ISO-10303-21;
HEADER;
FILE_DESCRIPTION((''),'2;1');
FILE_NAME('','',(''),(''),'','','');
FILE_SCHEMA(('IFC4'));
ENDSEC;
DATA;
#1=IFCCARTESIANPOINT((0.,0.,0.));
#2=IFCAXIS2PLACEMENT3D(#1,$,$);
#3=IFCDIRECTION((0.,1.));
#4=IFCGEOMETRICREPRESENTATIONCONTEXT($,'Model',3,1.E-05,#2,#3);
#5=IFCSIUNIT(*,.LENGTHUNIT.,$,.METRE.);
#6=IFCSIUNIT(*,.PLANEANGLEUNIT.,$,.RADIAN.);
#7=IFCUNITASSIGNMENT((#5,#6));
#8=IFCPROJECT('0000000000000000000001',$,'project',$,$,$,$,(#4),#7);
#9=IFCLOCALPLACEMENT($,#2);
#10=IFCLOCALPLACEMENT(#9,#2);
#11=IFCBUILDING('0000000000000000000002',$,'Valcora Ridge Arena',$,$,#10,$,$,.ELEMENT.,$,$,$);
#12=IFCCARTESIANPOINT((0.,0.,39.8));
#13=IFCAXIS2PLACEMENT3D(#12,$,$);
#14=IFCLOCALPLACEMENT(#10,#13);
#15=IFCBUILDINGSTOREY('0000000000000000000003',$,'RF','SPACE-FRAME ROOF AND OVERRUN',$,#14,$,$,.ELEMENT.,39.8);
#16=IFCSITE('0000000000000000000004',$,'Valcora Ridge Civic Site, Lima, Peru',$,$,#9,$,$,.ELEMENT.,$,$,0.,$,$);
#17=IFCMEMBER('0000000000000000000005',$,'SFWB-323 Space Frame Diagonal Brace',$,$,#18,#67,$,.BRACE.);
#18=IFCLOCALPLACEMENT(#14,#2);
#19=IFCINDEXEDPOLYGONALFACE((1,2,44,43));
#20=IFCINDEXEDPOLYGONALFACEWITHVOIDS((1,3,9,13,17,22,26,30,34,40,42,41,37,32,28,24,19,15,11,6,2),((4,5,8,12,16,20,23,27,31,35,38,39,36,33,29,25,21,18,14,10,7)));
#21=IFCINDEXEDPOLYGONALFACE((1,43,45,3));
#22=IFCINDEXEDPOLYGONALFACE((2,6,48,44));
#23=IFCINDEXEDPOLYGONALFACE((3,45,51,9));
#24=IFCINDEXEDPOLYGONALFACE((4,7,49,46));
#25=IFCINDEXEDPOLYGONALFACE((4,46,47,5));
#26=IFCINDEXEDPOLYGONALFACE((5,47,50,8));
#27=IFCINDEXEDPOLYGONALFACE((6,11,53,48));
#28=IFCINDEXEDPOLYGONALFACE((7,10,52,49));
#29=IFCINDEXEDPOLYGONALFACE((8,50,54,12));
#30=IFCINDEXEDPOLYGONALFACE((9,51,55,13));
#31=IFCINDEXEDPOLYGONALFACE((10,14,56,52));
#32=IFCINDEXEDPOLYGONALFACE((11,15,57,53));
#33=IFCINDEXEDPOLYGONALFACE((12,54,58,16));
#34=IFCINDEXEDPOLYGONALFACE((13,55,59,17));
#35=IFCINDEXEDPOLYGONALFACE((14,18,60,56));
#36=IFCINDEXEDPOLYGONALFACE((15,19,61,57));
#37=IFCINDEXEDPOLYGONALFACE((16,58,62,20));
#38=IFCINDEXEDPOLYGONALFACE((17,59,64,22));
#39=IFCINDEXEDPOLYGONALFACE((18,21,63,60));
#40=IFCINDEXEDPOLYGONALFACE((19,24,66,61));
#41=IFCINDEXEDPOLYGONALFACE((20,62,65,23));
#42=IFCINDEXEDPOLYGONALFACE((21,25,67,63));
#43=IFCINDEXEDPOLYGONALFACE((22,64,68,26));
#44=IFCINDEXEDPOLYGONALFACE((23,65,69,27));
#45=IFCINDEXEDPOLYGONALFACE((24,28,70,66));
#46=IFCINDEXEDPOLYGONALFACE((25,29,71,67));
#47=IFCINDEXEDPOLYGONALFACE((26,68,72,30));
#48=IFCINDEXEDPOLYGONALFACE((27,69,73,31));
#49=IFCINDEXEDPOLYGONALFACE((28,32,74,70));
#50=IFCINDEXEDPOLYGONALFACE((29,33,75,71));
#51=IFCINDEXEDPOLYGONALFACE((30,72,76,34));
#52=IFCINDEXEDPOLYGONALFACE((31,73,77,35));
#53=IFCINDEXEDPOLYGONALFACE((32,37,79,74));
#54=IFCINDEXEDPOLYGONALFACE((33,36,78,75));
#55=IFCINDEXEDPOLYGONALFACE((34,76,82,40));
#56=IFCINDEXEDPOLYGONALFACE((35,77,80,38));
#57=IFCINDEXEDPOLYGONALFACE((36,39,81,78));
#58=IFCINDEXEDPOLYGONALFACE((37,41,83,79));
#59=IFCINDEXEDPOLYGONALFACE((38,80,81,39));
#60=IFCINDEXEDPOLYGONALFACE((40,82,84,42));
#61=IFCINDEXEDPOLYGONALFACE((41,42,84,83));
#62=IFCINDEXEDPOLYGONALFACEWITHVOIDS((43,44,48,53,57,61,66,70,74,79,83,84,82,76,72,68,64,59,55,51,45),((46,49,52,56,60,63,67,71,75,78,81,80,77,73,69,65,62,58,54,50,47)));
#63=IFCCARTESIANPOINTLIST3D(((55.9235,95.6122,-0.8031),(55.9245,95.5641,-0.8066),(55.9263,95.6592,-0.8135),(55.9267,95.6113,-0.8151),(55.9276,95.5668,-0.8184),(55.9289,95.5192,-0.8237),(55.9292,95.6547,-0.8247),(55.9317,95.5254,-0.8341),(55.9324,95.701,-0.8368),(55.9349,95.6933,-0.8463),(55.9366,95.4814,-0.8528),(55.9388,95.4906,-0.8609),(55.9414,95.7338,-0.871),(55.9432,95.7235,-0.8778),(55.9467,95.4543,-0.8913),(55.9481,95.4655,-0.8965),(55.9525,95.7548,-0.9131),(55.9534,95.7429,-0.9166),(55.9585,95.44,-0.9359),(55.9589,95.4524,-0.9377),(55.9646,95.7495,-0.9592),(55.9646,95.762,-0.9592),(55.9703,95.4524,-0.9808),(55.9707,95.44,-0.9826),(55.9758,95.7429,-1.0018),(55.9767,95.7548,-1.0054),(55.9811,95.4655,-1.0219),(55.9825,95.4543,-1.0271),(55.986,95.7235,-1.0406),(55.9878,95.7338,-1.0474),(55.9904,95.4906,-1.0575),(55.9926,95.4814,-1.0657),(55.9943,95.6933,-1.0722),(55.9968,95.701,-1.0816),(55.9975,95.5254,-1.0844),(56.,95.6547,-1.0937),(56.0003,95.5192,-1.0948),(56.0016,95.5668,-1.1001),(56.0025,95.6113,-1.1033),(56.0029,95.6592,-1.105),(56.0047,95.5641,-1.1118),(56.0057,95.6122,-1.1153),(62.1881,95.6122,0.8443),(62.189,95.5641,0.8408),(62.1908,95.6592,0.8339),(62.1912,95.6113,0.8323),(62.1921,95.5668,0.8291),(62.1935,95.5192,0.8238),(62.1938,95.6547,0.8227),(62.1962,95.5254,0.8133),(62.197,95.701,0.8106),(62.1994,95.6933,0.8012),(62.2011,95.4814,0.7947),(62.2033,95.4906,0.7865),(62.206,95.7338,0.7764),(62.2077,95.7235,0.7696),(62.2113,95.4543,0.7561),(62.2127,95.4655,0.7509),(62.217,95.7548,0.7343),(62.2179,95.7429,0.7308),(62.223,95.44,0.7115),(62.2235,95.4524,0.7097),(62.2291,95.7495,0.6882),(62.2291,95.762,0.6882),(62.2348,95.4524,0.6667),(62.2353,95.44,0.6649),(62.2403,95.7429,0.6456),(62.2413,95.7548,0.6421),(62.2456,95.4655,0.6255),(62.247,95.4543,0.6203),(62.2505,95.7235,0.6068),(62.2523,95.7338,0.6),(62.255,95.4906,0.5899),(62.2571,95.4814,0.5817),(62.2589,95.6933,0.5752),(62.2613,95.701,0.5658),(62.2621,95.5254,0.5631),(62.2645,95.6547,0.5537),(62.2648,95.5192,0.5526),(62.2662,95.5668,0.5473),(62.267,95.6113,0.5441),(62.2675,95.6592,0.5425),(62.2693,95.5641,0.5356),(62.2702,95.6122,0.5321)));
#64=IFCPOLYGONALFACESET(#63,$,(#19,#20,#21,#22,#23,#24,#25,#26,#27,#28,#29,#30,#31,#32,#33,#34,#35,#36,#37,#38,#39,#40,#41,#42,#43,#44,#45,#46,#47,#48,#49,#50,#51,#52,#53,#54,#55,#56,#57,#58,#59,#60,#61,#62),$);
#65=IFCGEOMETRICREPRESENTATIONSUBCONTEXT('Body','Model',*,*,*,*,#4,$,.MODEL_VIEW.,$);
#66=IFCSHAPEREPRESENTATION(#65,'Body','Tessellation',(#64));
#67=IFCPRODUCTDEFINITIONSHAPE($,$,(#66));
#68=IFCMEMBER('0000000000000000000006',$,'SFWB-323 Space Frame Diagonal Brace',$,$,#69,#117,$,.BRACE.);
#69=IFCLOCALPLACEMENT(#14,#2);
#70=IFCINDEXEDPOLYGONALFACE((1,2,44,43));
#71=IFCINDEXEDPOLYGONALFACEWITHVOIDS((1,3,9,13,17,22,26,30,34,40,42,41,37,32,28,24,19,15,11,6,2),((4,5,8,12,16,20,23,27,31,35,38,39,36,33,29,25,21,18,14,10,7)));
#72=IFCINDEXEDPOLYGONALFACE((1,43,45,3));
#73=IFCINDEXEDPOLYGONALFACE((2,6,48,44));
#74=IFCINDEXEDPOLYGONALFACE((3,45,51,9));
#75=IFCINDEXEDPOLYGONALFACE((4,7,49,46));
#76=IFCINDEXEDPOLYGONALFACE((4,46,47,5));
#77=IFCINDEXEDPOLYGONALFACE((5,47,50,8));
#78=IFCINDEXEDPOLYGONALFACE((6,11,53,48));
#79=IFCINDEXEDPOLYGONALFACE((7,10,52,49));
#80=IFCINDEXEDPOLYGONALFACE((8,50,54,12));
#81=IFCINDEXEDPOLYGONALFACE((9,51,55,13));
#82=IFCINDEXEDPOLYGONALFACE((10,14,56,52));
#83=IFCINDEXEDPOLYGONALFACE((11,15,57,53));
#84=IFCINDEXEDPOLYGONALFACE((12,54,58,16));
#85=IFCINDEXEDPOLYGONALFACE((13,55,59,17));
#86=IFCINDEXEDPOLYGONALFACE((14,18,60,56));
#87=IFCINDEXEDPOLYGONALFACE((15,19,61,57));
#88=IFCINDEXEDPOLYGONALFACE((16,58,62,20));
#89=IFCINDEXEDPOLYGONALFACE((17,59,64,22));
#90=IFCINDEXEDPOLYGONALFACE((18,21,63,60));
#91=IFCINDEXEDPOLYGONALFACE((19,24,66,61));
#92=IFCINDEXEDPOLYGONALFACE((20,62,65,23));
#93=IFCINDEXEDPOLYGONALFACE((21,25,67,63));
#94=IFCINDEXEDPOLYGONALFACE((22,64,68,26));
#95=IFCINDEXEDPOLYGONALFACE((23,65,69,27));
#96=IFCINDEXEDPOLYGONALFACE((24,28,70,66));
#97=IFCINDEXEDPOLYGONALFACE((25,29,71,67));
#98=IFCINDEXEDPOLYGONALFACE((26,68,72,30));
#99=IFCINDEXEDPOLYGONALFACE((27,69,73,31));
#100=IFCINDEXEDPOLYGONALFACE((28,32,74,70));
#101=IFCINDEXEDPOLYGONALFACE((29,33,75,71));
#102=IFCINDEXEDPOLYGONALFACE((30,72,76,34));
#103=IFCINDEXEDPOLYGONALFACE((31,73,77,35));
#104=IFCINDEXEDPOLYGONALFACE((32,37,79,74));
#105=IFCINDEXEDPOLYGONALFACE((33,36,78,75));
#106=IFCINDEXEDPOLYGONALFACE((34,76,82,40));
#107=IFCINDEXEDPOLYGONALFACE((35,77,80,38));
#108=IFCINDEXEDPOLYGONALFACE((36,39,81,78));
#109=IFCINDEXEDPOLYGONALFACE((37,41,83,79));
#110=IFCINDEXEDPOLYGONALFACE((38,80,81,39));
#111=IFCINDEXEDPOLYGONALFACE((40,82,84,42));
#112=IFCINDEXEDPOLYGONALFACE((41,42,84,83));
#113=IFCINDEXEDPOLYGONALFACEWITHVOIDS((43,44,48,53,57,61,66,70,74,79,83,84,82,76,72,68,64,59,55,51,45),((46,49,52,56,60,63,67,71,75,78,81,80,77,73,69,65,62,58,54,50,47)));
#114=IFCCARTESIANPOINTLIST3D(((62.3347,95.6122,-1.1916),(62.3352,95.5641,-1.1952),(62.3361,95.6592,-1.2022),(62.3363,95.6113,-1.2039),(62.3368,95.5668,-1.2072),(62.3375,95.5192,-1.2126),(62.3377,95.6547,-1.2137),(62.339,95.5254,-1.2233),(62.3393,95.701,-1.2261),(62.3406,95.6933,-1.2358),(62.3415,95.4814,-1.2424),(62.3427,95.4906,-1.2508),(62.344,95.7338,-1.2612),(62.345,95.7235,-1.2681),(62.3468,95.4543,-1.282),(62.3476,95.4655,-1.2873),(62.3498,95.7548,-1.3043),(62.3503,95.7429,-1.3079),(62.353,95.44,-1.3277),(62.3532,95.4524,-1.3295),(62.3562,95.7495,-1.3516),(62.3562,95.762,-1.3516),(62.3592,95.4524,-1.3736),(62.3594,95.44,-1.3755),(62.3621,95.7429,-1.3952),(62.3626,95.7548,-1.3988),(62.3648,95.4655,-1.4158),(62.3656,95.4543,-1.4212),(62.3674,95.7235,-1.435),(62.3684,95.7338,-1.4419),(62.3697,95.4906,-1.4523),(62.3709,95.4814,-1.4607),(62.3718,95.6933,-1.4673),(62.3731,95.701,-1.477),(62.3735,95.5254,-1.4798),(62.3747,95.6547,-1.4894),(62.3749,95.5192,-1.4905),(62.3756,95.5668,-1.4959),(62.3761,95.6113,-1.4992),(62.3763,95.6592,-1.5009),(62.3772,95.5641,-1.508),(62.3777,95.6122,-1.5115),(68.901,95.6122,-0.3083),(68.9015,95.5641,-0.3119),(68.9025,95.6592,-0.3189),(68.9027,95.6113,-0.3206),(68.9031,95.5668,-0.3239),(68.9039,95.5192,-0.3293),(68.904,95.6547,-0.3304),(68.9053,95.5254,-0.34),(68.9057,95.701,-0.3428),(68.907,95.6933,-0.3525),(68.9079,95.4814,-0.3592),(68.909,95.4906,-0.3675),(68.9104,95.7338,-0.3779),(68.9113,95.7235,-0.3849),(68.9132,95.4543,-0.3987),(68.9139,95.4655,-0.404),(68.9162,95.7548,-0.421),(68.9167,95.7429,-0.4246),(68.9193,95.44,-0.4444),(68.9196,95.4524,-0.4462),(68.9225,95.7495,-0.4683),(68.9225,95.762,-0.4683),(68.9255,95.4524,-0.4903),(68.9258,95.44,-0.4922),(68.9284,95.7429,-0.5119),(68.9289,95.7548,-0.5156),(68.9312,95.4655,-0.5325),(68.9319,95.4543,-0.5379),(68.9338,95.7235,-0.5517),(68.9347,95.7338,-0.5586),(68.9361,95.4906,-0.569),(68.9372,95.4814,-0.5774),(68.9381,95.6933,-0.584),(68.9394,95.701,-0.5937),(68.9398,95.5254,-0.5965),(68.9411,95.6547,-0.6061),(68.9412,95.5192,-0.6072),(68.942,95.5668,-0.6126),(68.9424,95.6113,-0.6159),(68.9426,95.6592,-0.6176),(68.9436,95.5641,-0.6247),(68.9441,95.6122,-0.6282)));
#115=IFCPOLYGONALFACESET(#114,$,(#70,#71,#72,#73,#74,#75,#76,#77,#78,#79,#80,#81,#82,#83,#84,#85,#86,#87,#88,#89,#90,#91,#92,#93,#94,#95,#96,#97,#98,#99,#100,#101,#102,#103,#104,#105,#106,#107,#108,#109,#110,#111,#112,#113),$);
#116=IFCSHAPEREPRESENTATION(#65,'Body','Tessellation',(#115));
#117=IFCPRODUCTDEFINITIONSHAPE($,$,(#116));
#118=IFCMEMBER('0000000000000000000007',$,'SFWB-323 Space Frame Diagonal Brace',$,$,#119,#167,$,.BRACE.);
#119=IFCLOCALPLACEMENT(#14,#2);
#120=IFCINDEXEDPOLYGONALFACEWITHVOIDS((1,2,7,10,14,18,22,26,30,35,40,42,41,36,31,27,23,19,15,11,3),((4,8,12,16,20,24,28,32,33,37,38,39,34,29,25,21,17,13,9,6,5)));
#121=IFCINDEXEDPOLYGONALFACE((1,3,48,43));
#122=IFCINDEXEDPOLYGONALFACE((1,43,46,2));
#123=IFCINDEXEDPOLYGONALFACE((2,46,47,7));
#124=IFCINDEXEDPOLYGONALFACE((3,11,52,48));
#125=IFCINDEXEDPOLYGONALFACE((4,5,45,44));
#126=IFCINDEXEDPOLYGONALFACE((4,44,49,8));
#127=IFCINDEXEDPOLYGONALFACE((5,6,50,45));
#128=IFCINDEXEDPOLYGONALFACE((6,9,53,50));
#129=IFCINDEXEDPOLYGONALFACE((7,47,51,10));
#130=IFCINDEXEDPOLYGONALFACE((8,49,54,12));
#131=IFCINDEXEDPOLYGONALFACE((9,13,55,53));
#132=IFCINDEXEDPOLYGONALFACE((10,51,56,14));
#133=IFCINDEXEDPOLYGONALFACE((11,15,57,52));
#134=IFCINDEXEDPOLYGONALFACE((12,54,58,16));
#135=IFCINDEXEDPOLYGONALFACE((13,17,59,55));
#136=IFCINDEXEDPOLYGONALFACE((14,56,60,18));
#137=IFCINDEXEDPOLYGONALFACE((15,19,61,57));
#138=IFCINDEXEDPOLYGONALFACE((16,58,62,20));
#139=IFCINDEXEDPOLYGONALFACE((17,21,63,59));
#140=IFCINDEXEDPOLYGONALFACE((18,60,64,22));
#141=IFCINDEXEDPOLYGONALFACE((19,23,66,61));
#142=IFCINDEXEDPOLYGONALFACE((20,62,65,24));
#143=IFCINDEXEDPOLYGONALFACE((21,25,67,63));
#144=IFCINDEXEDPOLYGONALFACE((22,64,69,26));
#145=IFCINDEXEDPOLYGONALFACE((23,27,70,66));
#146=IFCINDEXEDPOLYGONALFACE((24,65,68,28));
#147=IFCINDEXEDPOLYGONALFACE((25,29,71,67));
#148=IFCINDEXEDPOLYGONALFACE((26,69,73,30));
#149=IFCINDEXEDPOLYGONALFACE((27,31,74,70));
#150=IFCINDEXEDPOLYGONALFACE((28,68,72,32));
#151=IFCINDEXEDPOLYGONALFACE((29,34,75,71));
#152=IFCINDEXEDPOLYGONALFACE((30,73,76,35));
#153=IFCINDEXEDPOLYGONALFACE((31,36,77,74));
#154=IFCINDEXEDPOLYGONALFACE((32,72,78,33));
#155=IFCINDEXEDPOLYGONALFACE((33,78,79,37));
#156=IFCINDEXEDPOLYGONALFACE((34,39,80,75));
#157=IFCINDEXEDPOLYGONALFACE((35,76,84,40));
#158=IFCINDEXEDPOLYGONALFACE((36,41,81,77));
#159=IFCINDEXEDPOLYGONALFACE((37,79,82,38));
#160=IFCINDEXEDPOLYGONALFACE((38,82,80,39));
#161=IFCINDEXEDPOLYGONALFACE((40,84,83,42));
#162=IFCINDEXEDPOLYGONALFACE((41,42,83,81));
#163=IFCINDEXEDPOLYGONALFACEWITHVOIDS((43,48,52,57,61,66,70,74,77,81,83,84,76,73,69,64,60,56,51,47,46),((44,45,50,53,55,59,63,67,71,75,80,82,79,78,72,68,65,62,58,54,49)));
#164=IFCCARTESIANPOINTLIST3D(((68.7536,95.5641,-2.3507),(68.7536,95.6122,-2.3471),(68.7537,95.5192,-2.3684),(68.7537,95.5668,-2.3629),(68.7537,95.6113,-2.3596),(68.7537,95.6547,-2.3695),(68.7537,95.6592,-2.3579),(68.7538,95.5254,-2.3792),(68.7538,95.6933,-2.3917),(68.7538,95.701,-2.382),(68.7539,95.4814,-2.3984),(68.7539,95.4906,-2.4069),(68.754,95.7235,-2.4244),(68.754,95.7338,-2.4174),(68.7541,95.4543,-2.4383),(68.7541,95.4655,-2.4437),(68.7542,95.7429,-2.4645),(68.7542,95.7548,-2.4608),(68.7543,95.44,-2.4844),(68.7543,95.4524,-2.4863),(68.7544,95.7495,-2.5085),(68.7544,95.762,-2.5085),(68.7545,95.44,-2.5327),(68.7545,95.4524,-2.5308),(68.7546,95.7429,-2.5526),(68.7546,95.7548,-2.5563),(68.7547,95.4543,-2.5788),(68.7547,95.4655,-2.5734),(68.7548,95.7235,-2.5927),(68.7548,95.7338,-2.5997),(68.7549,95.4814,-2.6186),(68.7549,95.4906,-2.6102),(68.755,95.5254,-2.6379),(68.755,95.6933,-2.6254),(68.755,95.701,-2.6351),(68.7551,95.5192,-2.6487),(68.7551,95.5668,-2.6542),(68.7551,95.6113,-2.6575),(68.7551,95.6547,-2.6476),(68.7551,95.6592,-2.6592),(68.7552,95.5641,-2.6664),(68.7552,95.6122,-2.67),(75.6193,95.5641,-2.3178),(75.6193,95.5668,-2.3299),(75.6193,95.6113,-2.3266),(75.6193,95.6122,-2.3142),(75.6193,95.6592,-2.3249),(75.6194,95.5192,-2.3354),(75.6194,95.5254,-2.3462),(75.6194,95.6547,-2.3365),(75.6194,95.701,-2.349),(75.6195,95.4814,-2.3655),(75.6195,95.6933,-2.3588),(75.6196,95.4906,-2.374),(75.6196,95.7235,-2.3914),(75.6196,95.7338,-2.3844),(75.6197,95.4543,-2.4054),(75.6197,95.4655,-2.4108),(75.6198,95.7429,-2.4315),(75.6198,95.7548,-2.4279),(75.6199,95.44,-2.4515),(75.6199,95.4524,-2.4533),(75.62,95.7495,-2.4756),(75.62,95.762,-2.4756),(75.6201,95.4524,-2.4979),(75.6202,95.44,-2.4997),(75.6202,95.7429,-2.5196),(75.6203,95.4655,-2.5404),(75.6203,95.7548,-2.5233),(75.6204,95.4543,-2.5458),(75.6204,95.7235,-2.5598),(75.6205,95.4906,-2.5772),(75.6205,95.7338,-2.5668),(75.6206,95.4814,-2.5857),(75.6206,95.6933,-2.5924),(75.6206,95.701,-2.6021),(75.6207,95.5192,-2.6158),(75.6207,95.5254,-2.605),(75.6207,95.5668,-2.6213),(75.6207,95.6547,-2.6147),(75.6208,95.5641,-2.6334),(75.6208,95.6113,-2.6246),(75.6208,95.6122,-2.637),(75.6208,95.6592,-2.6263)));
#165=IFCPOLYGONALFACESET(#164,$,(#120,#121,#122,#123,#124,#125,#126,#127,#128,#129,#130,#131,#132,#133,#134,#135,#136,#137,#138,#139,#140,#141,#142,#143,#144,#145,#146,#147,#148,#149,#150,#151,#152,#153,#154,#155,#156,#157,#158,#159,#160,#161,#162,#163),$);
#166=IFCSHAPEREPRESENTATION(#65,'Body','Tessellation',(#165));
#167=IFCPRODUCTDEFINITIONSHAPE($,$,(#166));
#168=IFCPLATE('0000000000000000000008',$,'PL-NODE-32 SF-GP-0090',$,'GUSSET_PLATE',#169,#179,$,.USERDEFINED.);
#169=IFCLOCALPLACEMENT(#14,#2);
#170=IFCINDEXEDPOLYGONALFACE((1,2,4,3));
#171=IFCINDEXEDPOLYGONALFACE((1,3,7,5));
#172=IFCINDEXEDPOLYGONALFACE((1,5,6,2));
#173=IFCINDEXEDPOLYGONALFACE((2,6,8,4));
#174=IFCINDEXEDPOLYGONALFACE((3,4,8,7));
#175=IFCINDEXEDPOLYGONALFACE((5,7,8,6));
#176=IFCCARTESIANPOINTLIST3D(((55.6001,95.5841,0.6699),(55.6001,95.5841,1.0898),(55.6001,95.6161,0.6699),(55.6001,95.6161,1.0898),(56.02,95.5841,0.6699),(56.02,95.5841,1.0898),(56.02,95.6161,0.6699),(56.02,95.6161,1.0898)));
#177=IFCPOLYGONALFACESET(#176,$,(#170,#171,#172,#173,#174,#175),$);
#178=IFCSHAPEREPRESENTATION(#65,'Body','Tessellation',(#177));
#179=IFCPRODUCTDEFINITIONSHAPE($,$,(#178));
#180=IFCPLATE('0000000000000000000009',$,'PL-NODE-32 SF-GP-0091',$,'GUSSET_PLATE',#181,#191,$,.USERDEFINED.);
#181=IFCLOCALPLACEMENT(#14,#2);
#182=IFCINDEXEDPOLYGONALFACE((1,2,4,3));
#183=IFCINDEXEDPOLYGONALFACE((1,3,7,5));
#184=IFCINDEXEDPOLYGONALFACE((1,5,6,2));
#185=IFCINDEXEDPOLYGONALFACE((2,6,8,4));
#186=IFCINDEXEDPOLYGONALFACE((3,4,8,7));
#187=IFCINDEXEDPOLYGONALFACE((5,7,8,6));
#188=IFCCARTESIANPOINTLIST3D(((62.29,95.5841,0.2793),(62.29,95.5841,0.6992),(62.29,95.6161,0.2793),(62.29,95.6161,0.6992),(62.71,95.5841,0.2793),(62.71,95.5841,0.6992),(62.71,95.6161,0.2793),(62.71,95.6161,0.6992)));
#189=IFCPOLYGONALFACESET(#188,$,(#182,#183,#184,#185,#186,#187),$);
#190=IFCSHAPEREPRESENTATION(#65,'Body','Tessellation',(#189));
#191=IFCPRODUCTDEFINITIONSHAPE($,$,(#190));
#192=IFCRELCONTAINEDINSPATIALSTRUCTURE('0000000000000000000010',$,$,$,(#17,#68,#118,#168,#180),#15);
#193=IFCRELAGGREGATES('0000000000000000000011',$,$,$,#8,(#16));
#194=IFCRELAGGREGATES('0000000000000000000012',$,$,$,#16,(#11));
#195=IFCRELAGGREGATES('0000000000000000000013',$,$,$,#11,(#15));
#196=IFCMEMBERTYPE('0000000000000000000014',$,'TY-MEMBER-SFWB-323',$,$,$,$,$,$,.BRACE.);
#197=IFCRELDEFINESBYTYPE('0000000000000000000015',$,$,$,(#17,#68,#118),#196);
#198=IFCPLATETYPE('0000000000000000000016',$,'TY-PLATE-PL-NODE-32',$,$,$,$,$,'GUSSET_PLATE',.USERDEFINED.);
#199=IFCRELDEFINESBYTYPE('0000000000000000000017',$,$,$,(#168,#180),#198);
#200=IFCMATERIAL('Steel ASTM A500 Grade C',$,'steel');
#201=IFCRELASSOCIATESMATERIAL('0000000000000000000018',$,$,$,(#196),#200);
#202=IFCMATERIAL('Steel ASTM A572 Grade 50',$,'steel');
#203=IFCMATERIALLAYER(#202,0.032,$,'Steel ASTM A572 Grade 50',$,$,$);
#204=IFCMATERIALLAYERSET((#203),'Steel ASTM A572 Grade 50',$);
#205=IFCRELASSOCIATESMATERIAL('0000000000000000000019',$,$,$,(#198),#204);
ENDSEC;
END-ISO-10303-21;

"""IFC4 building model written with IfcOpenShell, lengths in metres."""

from ifc_helpers import new_model, si_unit, direction, frame, origin, origin_2d, place, context, subcontext, project, spatial, rectangle, hollow_circle, extrude, material, layer, layer_set, material_profile, profile_set, type_object, element, save


model = new_model("IFC4")

# Units and contexts
model_context = context("Model", 3, precision=1e-05, world=origin(), true_north=direction((0.0, 1.0)))
body_context = subcontext(model_context, "Body", "Model", "MODEL_VIEW")
ifc_project = project(units=[si_unit("LENGTHUNIT", "METRE"), si_unit("PLANEANGLEUNIT", "RADIAN")], contexts=[model_context])

# Site, building, storey
site_placement = place(None, origin())
site = spatial("IfcSite", under=ifc_project, at=site_placement, Name="Valcora Ridge Civic Site, Lima, Peru", CompositionType="ELEMENT", RefElevation=0.0)
building_placement = place(site_placement, origin())
building = spatial("IfcBuilding", under=site, at=building_placement, Name="Valcora Ridge Arena", CompositionType="ELEMENT")
storey_placement = place(building_placement, frame((0.0, 0.0, 39.8)))
storey = spatial("IfcBuildingStorey", under=building, at=storey_placement, Name="RF", Description="SPACE-FRAME ROOF AND OVERRUN", CompositionType="ELEMENT", Elevation=39.8)

# Members
ifc_material_1 = material(Name="Steel ASTM A572 Grade 50", Category="steel")
ifc_material_2 = material(Name="Steel ASTM A500 Grade C", Category="steel")
ifc_material_profile_1 = material_profile(ifc_material_2, hollow_circle(Radius=0.1619, WallThickness=0.0125, at=origin_2d()), Name="CHS323X12")
ifc_profile_set_1 = profile_set([ifc_material_profile_1], Name="Steel ASTM A500 Grade C")
member_type_1 = type_object("IfcMemberType", Name="TY-MEMBER-SFWB-323", PredefinedType="BRACE", material=ifc_profile_set_1)
member_1_placement = place(storey_placement, frame((55.9646, 95.6001, -0.9592), z_axis=(0.967117, 0.0, 0.25433), x_axis=(0.0, 1.0, 0.0)))
element("IfcMember", 1, at=member_1_placement, inside=storey, type_object=member_type_1, Name="SFWB-323 Space Frame Diagonal Brace", PredefinedType="BRACE", context=body_context, shape_type="SweptSolid", body=[
    extrude(hollow_circle(Radius=0.1619, WallThickness=0.0125, at=origin_2d()), origin(), (0.0, 0.0, 1.0), 6.4775),
])
member_2_placement = place(storey_placement, frame((62.3562, 95.6001, -1.3516), z_axis=(0.991073, 0.0, 0.133317), x_axis=(0.0, 1.0, 0.0)))
element("IfcMember", 2, at=member_2_placement, inside=storey, type_object=member_type_1, Name="SFWB-323 Space Frame Diagonal Brace", PredefinedType="BRACE", context=body_context, shape_type="SweptSolid", body=[
    extrude(hollow_circle(Radius=0.1619, WallThickness=0.0125, at=origin_2d()), origin(), (0.0, 0.0, 1.0), 6.6255),
])
member_3_placement = place(storey_placement, frame((68.7544, 95.6001, -2.5085), z_axis=(0.999988, 0.0, 0.0048), x_axis=(0.0, 1.0, 0.0)))
element("IfcMember", 3, at=member_3_placement, inside=storey, type_object=member_type_1, Name="SFWB-323 Space Frame Diagonal Brace", PredefinedType="BRACE", context=body_context, shape_type="SweptSolid", body=[
    extrude(hollow_circle(Radius=0.1619, WallThickness=0.0125, at=origin_2d()), origin(), (0.0, 0.0, 1.0), 6.8657),
])

# Plates
ifc_layer_1 = layer(ifc_material_1, 0.032, Name="Steel ASTM A572 Grade 50")
ifc_layer_set_1 = layer_set([ifc_layer_1], Name="Steel ASTM A572 Grade 50")
plate_type = type_object("IfcPlateType", Name="TY-PLATE-PL-NODE-32", ElementType="GUSSET_PLATE", PredefinedType="USERDEFINED", material=ifc_layer_set_1)
for number, where, z_axis, x_axis, name in (
    (4, (55.8101, 95.6001, 0.6699), (0.0, 0.0, 1.0), (1.0, 0.0, 0.0), "PL-NODE-32 SF-GP-0090"),
    (5, (62.5, 95.6001, 0.2793), (0.0, 0.0, 1.0), (1.0, 0.0, 0.0), "PL-NODE-32 SF-GP-0091"),
):
    element("IfcPlate", number, at=place(storey_placement, frame(where, z_axis=z_axis, x_axis=x_axis)), inside=storey, type_object=plate_type, Name=name, ObjectType="GUSSET_PLATE", PredefinedType="USERDEFINED", context=body_context, shape_type="SweptSolid", body=[
        extrude(rectangle(XDim=0.4199, YDim=0.032, at=origin_2d()), origin(), (0.0, 0.0, 1.0), 0.4199),
    ])

save(model, "model.ifc")
